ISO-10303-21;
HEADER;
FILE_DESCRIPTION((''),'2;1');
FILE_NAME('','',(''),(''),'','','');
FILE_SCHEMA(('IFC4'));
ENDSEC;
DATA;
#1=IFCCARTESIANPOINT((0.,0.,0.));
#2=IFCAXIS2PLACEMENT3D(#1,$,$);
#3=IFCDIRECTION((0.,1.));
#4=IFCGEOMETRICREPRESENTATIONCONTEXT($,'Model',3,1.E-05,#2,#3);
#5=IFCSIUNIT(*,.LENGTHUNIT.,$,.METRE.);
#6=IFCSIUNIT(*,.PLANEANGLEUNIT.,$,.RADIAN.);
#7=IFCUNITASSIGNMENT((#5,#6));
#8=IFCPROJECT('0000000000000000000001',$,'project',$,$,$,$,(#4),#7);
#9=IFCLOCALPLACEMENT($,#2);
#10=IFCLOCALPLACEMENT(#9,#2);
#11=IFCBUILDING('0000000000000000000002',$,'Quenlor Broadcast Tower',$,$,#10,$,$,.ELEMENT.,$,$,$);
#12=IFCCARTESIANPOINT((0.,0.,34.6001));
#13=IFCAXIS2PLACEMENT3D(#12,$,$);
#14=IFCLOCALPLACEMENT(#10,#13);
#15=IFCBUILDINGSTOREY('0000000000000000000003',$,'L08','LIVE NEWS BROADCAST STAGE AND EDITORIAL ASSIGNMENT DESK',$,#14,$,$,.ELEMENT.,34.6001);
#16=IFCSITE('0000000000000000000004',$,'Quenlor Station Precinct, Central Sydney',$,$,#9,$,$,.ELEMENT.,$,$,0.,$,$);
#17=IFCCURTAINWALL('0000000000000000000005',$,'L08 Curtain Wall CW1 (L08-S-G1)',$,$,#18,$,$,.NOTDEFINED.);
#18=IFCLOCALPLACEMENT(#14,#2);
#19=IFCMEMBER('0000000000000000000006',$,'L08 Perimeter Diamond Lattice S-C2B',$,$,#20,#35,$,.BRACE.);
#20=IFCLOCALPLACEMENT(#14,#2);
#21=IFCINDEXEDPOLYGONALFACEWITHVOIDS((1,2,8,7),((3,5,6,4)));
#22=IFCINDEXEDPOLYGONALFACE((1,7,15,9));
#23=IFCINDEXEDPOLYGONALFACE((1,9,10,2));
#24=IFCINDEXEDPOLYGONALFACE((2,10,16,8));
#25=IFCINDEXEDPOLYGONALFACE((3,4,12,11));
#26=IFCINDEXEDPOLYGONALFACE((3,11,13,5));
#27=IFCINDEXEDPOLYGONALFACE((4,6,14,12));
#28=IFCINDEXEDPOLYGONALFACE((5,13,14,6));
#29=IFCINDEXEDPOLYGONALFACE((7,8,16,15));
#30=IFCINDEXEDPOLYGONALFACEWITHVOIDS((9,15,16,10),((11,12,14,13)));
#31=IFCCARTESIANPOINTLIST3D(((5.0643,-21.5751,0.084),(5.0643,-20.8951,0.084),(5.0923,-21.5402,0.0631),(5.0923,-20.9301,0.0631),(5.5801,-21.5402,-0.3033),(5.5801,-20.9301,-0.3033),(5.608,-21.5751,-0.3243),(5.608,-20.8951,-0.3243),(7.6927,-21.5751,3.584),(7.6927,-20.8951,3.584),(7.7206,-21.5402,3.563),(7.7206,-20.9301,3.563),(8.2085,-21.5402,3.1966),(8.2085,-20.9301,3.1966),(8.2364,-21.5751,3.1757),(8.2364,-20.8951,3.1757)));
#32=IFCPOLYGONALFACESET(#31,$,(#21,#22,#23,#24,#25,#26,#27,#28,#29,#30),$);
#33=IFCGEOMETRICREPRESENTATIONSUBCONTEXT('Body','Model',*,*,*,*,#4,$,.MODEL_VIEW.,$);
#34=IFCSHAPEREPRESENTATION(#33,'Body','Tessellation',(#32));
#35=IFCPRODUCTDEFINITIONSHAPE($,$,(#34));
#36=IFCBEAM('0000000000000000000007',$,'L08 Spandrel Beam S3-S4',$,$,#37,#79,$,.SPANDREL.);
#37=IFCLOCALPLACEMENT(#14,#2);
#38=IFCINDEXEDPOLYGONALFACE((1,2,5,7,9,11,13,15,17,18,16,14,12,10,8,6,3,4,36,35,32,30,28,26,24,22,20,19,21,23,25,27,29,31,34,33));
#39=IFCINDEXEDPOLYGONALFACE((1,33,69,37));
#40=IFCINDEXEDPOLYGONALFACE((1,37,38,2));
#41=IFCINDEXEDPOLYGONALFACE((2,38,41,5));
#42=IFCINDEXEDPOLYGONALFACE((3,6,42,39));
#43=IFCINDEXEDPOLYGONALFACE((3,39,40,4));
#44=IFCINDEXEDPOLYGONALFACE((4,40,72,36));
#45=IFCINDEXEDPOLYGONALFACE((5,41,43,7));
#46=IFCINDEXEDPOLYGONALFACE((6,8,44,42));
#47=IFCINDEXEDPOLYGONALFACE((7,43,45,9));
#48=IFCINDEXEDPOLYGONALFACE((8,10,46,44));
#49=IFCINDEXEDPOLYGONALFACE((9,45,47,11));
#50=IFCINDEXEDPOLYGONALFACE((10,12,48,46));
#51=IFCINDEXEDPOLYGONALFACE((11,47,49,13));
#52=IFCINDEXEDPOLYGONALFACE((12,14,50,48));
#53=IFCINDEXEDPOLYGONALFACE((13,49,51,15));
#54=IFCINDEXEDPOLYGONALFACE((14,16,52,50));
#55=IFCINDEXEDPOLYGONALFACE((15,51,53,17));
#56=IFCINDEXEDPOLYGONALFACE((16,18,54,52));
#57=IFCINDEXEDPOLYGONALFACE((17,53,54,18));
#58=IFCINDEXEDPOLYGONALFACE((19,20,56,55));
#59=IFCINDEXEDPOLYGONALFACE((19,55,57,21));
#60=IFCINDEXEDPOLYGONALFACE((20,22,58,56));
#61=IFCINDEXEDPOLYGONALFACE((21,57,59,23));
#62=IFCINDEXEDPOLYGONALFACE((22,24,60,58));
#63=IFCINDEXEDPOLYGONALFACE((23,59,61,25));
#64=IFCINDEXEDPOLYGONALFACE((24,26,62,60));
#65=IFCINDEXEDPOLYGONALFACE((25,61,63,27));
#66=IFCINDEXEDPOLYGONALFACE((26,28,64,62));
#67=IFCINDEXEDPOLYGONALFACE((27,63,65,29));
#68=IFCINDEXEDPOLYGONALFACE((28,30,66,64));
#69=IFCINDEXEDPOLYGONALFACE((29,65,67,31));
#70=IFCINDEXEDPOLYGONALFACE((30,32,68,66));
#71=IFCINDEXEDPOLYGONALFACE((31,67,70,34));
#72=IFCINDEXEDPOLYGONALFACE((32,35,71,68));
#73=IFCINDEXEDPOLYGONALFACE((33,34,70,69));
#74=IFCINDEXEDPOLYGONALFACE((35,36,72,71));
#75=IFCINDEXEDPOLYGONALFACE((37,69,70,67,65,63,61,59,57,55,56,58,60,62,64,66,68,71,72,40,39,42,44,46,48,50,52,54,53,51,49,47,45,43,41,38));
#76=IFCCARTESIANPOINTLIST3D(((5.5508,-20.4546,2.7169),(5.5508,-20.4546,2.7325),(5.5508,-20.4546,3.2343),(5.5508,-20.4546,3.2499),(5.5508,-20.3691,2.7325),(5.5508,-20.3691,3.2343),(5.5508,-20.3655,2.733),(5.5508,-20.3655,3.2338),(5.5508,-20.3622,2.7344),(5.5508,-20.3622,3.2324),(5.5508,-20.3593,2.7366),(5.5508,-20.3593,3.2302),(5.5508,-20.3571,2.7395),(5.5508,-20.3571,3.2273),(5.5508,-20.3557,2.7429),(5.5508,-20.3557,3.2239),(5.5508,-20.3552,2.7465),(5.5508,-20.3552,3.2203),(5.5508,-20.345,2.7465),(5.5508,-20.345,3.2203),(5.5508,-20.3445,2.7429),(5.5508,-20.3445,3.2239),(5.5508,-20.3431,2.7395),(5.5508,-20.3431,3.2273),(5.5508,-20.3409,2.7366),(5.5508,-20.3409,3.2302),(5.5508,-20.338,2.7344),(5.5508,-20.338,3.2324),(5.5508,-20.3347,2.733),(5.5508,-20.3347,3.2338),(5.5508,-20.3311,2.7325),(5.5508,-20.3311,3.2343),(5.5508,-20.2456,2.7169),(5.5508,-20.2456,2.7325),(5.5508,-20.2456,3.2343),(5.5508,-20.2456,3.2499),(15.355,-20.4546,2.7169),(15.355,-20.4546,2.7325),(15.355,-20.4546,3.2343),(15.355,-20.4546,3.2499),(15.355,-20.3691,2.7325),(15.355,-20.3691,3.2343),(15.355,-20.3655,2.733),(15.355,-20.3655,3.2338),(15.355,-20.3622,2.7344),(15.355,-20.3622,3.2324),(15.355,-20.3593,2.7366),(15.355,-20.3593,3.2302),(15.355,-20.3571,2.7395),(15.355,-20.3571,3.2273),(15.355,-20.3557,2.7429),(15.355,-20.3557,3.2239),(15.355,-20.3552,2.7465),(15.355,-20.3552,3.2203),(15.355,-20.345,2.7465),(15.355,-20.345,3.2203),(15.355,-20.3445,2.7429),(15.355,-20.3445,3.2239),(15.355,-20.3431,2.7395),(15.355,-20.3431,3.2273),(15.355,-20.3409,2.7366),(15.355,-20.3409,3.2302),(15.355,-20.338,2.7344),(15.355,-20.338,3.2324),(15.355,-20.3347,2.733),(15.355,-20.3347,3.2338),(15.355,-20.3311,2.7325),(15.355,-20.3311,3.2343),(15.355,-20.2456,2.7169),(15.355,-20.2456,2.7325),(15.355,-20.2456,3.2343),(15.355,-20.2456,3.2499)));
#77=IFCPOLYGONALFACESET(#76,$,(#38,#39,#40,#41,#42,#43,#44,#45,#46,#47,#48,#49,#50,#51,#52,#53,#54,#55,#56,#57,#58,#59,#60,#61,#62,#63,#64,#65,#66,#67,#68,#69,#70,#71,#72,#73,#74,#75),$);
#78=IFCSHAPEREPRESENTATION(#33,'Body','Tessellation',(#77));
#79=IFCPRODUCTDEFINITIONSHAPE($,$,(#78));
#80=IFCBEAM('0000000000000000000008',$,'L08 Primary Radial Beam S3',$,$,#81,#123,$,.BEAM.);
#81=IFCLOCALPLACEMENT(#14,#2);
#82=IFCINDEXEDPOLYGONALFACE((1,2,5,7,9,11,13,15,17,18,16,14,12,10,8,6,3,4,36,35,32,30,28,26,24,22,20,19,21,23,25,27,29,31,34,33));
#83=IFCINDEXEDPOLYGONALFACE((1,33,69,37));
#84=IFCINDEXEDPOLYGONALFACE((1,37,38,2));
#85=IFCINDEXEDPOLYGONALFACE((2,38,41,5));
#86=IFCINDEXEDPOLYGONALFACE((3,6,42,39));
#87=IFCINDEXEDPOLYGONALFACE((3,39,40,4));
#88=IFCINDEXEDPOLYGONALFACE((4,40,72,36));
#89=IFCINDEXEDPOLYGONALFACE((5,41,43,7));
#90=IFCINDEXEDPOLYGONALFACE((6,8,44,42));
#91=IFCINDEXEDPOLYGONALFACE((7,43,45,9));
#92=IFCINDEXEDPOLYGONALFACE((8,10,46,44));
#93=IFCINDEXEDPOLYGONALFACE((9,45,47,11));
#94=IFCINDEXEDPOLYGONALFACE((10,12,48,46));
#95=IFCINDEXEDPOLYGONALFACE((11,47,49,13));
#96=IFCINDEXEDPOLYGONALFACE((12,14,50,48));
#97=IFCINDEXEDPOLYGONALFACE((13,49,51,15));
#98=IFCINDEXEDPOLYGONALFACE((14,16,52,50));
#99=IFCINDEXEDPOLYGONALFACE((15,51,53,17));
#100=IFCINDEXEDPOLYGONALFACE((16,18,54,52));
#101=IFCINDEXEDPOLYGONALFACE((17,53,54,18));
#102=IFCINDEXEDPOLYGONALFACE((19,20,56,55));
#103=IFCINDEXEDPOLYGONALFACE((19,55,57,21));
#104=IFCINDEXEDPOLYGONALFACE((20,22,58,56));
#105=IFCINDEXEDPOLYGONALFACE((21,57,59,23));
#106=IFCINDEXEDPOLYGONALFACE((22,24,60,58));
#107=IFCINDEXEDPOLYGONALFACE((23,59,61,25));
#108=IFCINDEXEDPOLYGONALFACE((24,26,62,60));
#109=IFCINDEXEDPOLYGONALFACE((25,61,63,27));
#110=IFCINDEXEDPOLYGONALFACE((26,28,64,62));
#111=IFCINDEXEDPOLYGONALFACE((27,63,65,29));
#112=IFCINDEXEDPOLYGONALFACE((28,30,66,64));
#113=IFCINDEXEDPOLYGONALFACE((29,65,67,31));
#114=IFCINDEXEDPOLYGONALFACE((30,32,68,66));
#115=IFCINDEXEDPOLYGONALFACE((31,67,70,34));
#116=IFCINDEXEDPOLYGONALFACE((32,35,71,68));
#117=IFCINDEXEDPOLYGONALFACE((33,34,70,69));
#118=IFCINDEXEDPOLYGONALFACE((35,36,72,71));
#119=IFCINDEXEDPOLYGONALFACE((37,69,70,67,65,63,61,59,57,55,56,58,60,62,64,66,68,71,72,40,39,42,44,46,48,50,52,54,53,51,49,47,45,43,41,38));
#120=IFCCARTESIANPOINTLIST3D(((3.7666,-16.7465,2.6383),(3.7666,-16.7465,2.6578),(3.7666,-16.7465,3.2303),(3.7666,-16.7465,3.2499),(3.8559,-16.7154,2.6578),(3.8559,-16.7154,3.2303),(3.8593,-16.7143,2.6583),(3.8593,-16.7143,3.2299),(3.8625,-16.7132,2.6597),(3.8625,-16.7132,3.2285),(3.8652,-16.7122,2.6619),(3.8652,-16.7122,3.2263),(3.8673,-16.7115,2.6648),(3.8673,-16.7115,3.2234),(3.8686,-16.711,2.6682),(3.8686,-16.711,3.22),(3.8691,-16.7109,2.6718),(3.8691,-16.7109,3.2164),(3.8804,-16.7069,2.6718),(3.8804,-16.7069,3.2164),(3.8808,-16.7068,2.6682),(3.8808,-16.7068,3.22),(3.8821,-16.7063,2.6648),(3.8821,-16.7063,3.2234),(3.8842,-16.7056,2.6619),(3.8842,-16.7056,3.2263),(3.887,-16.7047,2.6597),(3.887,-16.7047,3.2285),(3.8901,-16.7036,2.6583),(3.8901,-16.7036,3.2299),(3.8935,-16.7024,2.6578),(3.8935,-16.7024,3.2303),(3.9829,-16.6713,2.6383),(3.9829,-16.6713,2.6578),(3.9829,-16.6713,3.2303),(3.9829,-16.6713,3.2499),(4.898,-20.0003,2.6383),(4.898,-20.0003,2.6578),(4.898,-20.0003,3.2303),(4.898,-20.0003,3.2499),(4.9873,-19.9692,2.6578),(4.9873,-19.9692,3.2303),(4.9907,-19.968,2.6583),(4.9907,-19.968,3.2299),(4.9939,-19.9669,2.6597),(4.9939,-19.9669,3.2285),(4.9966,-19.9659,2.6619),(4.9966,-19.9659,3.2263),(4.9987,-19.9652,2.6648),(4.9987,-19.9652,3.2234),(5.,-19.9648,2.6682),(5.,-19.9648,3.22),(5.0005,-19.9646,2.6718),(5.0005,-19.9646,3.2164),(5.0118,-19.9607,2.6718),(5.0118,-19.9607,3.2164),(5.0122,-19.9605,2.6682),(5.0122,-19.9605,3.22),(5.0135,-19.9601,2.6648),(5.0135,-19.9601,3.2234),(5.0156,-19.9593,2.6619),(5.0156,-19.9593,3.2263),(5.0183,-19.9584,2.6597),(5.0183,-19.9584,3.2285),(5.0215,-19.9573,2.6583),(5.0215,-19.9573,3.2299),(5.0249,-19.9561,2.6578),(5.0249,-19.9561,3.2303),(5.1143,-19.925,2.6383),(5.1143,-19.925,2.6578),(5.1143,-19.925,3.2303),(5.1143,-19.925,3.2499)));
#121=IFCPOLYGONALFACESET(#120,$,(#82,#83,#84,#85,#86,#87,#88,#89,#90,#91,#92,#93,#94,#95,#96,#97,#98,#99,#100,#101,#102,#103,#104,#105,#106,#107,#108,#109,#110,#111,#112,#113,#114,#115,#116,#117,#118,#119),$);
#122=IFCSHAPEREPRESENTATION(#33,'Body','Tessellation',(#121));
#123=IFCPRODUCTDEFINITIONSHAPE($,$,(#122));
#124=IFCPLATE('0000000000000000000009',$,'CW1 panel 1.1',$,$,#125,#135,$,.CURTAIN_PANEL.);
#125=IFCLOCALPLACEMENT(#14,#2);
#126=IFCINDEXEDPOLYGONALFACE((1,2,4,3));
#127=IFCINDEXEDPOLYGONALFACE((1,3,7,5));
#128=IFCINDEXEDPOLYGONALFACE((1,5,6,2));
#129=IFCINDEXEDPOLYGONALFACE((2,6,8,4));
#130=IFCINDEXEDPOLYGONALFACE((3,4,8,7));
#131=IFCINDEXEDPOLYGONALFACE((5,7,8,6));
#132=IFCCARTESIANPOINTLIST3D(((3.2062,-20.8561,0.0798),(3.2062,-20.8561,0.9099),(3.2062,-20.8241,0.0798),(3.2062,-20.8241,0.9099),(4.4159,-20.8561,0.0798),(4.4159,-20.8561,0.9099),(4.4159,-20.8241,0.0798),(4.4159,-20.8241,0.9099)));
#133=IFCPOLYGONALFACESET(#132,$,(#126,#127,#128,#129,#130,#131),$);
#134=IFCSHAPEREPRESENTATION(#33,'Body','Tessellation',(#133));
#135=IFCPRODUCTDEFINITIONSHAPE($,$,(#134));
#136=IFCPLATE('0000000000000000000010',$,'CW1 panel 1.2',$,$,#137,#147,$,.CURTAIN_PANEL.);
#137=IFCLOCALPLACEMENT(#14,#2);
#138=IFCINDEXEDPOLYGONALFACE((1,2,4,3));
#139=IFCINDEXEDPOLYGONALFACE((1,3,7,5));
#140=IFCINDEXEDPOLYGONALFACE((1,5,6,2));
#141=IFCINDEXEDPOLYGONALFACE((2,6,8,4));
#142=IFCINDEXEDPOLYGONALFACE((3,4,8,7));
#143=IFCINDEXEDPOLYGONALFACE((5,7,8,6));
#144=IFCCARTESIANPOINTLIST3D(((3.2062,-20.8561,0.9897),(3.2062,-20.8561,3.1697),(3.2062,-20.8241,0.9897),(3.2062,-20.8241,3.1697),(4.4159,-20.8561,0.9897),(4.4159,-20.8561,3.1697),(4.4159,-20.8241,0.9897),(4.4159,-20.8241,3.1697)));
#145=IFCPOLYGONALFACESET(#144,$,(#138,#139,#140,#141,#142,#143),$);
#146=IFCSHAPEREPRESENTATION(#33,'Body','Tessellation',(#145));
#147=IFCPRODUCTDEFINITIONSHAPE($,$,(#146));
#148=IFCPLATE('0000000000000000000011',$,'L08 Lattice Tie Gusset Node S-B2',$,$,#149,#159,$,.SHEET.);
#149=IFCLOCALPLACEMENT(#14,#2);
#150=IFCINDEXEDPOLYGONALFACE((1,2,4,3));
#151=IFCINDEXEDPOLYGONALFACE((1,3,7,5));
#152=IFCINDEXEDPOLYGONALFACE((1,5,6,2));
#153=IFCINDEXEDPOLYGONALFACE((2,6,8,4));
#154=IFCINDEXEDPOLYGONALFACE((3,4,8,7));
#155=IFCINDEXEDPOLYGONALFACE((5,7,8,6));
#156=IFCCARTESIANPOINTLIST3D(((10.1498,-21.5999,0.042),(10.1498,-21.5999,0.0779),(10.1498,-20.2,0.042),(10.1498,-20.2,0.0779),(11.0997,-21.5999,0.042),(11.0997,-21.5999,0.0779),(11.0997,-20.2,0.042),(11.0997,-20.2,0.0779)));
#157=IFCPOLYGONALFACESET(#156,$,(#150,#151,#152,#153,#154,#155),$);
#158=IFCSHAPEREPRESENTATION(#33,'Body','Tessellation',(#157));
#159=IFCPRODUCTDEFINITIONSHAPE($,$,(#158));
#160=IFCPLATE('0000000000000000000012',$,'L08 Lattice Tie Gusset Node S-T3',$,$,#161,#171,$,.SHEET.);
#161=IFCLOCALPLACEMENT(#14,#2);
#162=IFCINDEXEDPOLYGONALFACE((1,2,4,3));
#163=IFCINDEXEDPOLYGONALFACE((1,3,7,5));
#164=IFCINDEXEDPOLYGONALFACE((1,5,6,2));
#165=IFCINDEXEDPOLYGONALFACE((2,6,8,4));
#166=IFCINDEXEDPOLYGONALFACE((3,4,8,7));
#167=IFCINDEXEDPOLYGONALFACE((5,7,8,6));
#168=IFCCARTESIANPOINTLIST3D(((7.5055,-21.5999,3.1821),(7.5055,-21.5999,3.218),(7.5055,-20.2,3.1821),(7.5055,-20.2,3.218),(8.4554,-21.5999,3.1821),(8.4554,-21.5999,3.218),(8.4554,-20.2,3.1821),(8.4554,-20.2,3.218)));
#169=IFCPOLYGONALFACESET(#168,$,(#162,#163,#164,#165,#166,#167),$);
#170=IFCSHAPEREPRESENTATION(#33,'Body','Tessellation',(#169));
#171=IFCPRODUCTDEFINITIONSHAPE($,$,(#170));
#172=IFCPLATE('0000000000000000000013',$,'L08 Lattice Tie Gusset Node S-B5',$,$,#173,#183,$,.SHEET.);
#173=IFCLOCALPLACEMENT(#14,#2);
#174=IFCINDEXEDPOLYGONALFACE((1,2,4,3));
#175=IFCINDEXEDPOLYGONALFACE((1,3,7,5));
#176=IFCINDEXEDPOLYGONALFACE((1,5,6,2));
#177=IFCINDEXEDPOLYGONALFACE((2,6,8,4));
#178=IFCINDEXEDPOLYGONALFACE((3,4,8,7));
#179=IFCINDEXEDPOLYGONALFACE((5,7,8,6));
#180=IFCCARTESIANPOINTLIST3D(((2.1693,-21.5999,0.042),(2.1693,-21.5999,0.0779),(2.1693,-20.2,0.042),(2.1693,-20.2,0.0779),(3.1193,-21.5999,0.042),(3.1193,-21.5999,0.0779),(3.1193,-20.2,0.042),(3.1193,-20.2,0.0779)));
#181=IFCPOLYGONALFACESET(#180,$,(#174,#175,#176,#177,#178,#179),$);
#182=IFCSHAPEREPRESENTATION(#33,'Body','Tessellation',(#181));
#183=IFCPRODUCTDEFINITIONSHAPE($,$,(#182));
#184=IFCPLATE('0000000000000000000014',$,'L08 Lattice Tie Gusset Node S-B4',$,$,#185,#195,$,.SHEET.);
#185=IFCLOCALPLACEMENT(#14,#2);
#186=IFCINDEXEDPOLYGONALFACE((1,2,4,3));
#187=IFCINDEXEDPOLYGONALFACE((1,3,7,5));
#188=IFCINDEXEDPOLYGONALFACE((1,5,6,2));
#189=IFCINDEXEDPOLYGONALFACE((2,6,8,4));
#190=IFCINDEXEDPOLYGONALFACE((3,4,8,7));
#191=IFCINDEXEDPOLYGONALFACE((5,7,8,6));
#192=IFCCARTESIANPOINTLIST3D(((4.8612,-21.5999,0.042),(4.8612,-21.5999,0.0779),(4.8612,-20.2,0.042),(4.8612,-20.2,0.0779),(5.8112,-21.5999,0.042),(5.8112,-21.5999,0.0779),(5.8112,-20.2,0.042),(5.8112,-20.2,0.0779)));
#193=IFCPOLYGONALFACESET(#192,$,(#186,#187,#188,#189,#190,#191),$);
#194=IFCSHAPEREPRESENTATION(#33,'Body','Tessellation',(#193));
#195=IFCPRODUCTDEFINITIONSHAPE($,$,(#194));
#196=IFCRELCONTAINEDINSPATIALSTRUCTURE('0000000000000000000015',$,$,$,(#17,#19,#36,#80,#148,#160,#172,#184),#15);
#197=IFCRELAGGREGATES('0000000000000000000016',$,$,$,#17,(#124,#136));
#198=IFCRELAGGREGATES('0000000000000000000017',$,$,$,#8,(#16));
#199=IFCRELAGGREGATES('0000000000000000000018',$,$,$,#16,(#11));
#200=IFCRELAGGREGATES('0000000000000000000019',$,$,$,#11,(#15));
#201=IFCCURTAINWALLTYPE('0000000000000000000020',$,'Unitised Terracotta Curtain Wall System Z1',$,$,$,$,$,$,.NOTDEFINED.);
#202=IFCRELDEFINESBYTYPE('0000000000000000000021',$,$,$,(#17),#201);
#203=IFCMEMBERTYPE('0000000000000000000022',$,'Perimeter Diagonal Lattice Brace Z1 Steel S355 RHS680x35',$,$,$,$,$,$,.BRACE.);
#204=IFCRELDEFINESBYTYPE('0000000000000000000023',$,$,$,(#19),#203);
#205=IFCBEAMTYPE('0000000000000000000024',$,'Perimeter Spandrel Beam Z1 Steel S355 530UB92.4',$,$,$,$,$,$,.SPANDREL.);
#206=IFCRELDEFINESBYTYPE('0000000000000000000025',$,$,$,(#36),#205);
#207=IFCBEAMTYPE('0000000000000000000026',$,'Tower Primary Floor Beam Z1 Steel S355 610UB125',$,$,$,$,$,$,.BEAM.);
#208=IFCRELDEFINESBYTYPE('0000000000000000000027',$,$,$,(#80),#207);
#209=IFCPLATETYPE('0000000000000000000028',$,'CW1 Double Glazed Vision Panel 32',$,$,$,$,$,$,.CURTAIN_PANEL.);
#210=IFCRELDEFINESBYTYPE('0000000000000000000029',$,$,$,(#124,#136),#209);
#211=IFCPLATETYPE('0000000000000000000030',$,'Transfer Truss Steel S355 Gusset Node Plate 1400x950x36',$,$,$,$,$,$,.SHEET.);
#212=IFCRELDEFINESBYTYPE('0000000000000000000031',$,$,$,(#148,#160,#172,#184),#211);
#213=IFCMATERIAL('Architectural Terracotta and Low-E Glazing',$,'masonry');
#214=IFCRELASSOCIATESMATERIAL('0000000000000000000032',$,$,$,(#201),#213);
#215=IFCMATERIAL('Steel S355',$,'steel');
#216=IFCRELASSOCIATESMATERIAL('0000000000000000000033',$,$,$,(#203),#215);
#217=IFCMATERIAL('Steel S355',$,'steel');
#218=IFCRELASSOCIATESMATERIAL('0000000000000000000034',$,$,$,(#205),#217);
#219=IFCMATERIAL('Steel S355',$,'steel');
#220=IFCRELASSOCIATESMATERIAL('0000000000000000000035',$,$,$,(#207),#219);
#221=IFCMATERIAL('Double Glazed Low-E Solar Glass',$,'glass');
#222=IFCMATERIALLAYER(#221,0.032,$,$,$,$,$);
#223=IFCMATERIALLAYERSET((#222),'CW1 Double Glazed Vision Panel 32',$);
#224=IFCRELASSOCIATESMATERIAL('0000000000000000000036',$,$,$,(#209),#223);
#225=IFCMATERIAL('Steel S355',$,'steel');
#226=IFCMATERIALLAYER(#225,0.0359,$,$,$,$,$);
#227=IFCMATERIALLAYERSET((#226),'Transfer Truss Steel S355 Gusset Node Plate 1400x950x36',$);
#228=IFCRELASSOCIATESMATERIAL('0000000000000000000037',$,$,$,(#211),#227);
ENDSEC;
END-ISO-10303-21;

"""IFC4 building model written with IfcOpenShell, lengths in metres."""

from ifc_helpers import new_model, si_unit, direction, frame, origin, origin_2d, place, context, subcontext, project, spatial, rectangle, hollow_rectangle, i_section, extrude, material, layer, layer_set, material_profile, profile_set, type_object, element, aggregate, save


model = new_model("IFC4")

# Units and contexts
model_context = context("Model", 3, precision=1e-05, world=origin(), true_north=direction((0.0, 1.0)))
body_context = subcontext(model_context, "Body", "Model", "MODEL_VIEW")
ifc_project = project(units=[si_unit("LENGTHUNIT", "METRE"), si_unit("PLANEANGLEUNIT", "RADIAN")], contexts=[model_context])

# Site, building, storey
site_placement = place(None, origin())
site = spatial("IfcSite", under=ifc_project, at=site_placement, Name="Quenlor Station Precinct, Central Sydney", CompositionType="ELEMENT", RefElevation=0.0)
building_placement = place(site_placement, origin())
building = spatial("IfcBuilding", under=site, at=building_placement, Name="Quenlor Broadcast Tower", CompositionType="ELEMENT")
storey_placement = place(building_placement, frame((0.0, 0.0, 34.6001)))
storey = spatial("IfcBuildingStorey", under=building, at=storey_placement, Name="L08", Description="LIVE NEWS BROADCAST STAGE AND EDITORIAL ASSIGNMENT DESK", CompositionType="ELEMENT", Elevation=34.6001)

# Curtain wall
ifc_material_1 = material(Name="Architectural Terracotta and Low-E Glazing", Category="masonry")
curtain_wall_type = type_object("IfcCurtainWallType", Name="Unitised Terracotta Curtain Wall System Z1", PredefinedType="NOTDEFINED", material=ifc_material_1)
curtain_wall_placement = place(storey_placement, origin())
curtain_wall = element("IfcCurtainWall", 1, at=curtain_wall_placement, inside=storey, type_object=curtain_wall_type, Name="L08 Curtain Wall CW1 (L08-S-G1)", PredefinedType="NOTDEFINED")

# Member
ifc_material_2 = material(Name="Steel S355", Category="steel")
ifc_material_profile_1 = material_profile(ifc_material_2, hollow_rectangle(XDim=0.6799, YDim=0.6799, WallThickness=0.0349, at=origin_2d()))
ifc_profile_set_1 = profile_set([ifc_material_profile_1], Name="Steel S355 RHS680x680x35")
member_type_1 = type_object("IfcMemberType", Name="Perimeter Diagonal Lattice Brace Z1 Steel S355 RHS680x35", PredefinedType="BRACE", material=ifc_profile_set_1)
for number, where, z_axis, x_axis, name in (
    (2, (5.3362, -21.2351, -0.1201), (0.6005, 0.0, 0.799625), (0.0, 1.0, 0.0), "L08 Perimeter Diamond Lattice S-C2B"),
):
    element("IfcMember", number, at=place(storey_placement, frame(where, z_axis=z_axis, x_axis=x_axis)), inside=storey, type_object=member_type_1, Name=name, PredefinedType="BRACE", context=body_context, shape_type="SweptSolid", body=[
        extrude(hollow_rectangle(XDim=0.6799, YDim=0.6799, WallThickness=0.0349, at=origin_2d()), origin(), (0.0, 0.0, 1.0), 4.377),
    ])

# Beams
ifc_material_3 = material(Name="Steel S355", Category="steel")
ifc_material_profile_2 = material_profile(ifc_material_3, i_section(OverallWidth=0.209, OverallDepth=0.533, WebThickness=0.0103, FlangeThickness=0.0156, FilletRadius=0.0139, at=origin_2d()))
ifc_profile_set_2 = profile_set([ifc_material_profile_2], Name="Steel S355 530UB92.4")
beam_type_1 = type_object("IfcBeamType", Name="Perimeter Spandrel Beam Z1 Steel S355 530UB92.4", PredefinedType="SPANDREL", material=ifc_profile_set_2)
beam_1_placement = place(storey_placement, frame((5.5508, -20.3501, 2.9834), z_axis=(1.0, 0.0, 0.0), x_axis=(0.0, 1.0, 0.0)))
element("IfcBeam", 3, at=beam_1_placement, inside=storey, type_object=beam_type_1, Name="L08 Spandrel Beam S3-S4", PredefinedType="SPANDREL", context=body_context, shape_type="SweptSolid", body=[
    extrude(i_section(OverallWidth=0.209, OverallDepth=0.533, WebThickness=0.0103, FlangeThickness=0.0156, FilletRadius=0.0139, at=origin_2d()), origin(), (0.0, 0.0, 1.0), 9.8042),
])
ifc_material_4 = material(Name="Steel S355", Category="steel")
ifc_material_profile_3 = material_profile(ifc_material_4, i_section(OverallWidth=0.229, OverallDepth=0.6116, WebThickness=0.012, FlangeThickness=0.0195, FilletRadius=0.0139, at=origin_2d()))
ifc_profile_set_3 = profile_set([ifc_material_profile_3], Name="Steel S355 610UB125")
beam_type_2 = type_object("IfcBeamType", Name="Tower Primary Floor Beam Z1 Steel S355 610UB125", PredefinedType="BEAM", material=ifc_profile_set_3)
beam_2_placement = place(storey_placement, frame((5.0061, -19.9626, 2.9441), z_axis=(-0.328427, 0.944529, 0.0), x_axis=(-0.944529, -0.328427, 0.0)))
element("IfcBeam", 4, at=beam_2_placement, inside=storey, type_object=beam_type_2, Name="L08 Primary Radial Beam S3", PredefinedType="BEAM", context=body_context, shape_type="SweptSolid", body=[
    extrude(i_section(OverallWidth=0.229, OverallDepth=0.6116, WebThickness=0.012, FlangeThickness=0.0195, FilletRadius=0.0139, at=origin_2d()), origin(), (0.0, 0.0, 1.0), 3.4448),
])

# Plates
ifc_material_5 = material(Name="Double Glazed Low-E Solar Glass", Category="glass")
ifc_layer_1 = layer(ifc_material_5, 0.032)
ifc_layer_set_1 = layer_set([ifc_layer_1], Name="CW1 Double Glazed Vision Panel 32")
plate_type_1 = type_object("IfcPlateType", Name="CW1 Double Glazed Vision Panel 32", PredefinedType="CURTAIN_PANEL", material=ifc_layer_set_1)
plate_1_placement = place(storey_placement, frame((3.811, -20.8401, 0.0798), z_axis=(0.0, 0.0, 1.0), x_axis=(-1.0, 0.0, 0.0)))
plate_1 = element("IfcPlate", 5, at=plate_1_placement, type_object=plate_type_1, Name="CW1 panel 1.1", PredefinedType="CURTAIN_PANEL", context=body_context, shape_type="SweptSolid", body=[
    extrude(rectangle(XDim=1.2097, YDim=0.032, at=origin_2d()), origin(), (0.0, 0.0, 1.0), 0.8301),
])
plate_2_placement = place(storey_placement, frame((3.811, -20.8401, 0.9897), z_axis=(0.0, 0.0, 1.0), x_axis=(-1.0, 0.0, 0.0)))
plate_2 = element("IfcPlate", 6, at=plate_2_placement, type_object=plate_type_1, Name="CW1 panel 1.2", PredefinedType="CURTAIN_PANEL", context=body_context, shape_type="SweptSolid", body=[
    extrude(rectangle(XDim=1.2097, YDim=0.032, at=origin_2d()), origin(), (0.0, 0.0, 1.0), 2.1799),
])
aggregate(curtain_wall, [plate_1, plate_2])

# Plates
ifc_material_6 = material(Name="Steel S355", Category="steel")
ifc_layer_2 = layer(ifc_material_6, 0.0359)
ifc_layer_set_2 = layer_set([ifc_layer_2], Name="Transfer Truss Steel S355 Gusset Node Plate 1400x950x36")
plate_type_2 = type_object("IfcPlateType", Name="Transfer Truss Steel S355 Gusset Node Plate 1400x950x36", PredefinedType="SHEET", material=ifc_layer_set_2)
for number, where, z_axis, x_axis, name in (
    (7, (10.6248, -20.8999, 0.042), (0.0, 0.0, 1.0), (0.0, -1.0, 0.0), "L08 Lattice Tie Gusset Node S-B2"),
    (8, (7.9805, -20.8999, 3.1821), (0.0, 0.0, 1.0), (0.0, -1.0, 0.0), "L08 Lattice Tie Gusset Node S-T3"),
    (9, (2.6443, -20.8999, 0.042), (0.0, 0.0, 1.0), (0.0, -1.0, 0.0), "L08 Lattice Tie Gusset Node S-B5"),
    (10, (5.3362, -20.8999, 0.042), (0.0, 0.0, 1.0), (0.0, -1.0, 0.0), "L08 Lattice Tie Gusset Node S-B4"),
):
    element("IfcPlate", number, at=place(storey_placement, frame(where, z_axis=z_axis, x_axis=x_axis)), inside=storey, type_object=plate_type_2, Name=name, PredefinedType="SHEET", context=body_context, shape_type="SweptSolid", body=[
        extrude(rectangle(XDim=1.3999, YDim=0.95, at=origin_2d()), origin(), (0.0, 0.0, 1.0), 0.0359),
    ])

save(model, "model.ifc")
